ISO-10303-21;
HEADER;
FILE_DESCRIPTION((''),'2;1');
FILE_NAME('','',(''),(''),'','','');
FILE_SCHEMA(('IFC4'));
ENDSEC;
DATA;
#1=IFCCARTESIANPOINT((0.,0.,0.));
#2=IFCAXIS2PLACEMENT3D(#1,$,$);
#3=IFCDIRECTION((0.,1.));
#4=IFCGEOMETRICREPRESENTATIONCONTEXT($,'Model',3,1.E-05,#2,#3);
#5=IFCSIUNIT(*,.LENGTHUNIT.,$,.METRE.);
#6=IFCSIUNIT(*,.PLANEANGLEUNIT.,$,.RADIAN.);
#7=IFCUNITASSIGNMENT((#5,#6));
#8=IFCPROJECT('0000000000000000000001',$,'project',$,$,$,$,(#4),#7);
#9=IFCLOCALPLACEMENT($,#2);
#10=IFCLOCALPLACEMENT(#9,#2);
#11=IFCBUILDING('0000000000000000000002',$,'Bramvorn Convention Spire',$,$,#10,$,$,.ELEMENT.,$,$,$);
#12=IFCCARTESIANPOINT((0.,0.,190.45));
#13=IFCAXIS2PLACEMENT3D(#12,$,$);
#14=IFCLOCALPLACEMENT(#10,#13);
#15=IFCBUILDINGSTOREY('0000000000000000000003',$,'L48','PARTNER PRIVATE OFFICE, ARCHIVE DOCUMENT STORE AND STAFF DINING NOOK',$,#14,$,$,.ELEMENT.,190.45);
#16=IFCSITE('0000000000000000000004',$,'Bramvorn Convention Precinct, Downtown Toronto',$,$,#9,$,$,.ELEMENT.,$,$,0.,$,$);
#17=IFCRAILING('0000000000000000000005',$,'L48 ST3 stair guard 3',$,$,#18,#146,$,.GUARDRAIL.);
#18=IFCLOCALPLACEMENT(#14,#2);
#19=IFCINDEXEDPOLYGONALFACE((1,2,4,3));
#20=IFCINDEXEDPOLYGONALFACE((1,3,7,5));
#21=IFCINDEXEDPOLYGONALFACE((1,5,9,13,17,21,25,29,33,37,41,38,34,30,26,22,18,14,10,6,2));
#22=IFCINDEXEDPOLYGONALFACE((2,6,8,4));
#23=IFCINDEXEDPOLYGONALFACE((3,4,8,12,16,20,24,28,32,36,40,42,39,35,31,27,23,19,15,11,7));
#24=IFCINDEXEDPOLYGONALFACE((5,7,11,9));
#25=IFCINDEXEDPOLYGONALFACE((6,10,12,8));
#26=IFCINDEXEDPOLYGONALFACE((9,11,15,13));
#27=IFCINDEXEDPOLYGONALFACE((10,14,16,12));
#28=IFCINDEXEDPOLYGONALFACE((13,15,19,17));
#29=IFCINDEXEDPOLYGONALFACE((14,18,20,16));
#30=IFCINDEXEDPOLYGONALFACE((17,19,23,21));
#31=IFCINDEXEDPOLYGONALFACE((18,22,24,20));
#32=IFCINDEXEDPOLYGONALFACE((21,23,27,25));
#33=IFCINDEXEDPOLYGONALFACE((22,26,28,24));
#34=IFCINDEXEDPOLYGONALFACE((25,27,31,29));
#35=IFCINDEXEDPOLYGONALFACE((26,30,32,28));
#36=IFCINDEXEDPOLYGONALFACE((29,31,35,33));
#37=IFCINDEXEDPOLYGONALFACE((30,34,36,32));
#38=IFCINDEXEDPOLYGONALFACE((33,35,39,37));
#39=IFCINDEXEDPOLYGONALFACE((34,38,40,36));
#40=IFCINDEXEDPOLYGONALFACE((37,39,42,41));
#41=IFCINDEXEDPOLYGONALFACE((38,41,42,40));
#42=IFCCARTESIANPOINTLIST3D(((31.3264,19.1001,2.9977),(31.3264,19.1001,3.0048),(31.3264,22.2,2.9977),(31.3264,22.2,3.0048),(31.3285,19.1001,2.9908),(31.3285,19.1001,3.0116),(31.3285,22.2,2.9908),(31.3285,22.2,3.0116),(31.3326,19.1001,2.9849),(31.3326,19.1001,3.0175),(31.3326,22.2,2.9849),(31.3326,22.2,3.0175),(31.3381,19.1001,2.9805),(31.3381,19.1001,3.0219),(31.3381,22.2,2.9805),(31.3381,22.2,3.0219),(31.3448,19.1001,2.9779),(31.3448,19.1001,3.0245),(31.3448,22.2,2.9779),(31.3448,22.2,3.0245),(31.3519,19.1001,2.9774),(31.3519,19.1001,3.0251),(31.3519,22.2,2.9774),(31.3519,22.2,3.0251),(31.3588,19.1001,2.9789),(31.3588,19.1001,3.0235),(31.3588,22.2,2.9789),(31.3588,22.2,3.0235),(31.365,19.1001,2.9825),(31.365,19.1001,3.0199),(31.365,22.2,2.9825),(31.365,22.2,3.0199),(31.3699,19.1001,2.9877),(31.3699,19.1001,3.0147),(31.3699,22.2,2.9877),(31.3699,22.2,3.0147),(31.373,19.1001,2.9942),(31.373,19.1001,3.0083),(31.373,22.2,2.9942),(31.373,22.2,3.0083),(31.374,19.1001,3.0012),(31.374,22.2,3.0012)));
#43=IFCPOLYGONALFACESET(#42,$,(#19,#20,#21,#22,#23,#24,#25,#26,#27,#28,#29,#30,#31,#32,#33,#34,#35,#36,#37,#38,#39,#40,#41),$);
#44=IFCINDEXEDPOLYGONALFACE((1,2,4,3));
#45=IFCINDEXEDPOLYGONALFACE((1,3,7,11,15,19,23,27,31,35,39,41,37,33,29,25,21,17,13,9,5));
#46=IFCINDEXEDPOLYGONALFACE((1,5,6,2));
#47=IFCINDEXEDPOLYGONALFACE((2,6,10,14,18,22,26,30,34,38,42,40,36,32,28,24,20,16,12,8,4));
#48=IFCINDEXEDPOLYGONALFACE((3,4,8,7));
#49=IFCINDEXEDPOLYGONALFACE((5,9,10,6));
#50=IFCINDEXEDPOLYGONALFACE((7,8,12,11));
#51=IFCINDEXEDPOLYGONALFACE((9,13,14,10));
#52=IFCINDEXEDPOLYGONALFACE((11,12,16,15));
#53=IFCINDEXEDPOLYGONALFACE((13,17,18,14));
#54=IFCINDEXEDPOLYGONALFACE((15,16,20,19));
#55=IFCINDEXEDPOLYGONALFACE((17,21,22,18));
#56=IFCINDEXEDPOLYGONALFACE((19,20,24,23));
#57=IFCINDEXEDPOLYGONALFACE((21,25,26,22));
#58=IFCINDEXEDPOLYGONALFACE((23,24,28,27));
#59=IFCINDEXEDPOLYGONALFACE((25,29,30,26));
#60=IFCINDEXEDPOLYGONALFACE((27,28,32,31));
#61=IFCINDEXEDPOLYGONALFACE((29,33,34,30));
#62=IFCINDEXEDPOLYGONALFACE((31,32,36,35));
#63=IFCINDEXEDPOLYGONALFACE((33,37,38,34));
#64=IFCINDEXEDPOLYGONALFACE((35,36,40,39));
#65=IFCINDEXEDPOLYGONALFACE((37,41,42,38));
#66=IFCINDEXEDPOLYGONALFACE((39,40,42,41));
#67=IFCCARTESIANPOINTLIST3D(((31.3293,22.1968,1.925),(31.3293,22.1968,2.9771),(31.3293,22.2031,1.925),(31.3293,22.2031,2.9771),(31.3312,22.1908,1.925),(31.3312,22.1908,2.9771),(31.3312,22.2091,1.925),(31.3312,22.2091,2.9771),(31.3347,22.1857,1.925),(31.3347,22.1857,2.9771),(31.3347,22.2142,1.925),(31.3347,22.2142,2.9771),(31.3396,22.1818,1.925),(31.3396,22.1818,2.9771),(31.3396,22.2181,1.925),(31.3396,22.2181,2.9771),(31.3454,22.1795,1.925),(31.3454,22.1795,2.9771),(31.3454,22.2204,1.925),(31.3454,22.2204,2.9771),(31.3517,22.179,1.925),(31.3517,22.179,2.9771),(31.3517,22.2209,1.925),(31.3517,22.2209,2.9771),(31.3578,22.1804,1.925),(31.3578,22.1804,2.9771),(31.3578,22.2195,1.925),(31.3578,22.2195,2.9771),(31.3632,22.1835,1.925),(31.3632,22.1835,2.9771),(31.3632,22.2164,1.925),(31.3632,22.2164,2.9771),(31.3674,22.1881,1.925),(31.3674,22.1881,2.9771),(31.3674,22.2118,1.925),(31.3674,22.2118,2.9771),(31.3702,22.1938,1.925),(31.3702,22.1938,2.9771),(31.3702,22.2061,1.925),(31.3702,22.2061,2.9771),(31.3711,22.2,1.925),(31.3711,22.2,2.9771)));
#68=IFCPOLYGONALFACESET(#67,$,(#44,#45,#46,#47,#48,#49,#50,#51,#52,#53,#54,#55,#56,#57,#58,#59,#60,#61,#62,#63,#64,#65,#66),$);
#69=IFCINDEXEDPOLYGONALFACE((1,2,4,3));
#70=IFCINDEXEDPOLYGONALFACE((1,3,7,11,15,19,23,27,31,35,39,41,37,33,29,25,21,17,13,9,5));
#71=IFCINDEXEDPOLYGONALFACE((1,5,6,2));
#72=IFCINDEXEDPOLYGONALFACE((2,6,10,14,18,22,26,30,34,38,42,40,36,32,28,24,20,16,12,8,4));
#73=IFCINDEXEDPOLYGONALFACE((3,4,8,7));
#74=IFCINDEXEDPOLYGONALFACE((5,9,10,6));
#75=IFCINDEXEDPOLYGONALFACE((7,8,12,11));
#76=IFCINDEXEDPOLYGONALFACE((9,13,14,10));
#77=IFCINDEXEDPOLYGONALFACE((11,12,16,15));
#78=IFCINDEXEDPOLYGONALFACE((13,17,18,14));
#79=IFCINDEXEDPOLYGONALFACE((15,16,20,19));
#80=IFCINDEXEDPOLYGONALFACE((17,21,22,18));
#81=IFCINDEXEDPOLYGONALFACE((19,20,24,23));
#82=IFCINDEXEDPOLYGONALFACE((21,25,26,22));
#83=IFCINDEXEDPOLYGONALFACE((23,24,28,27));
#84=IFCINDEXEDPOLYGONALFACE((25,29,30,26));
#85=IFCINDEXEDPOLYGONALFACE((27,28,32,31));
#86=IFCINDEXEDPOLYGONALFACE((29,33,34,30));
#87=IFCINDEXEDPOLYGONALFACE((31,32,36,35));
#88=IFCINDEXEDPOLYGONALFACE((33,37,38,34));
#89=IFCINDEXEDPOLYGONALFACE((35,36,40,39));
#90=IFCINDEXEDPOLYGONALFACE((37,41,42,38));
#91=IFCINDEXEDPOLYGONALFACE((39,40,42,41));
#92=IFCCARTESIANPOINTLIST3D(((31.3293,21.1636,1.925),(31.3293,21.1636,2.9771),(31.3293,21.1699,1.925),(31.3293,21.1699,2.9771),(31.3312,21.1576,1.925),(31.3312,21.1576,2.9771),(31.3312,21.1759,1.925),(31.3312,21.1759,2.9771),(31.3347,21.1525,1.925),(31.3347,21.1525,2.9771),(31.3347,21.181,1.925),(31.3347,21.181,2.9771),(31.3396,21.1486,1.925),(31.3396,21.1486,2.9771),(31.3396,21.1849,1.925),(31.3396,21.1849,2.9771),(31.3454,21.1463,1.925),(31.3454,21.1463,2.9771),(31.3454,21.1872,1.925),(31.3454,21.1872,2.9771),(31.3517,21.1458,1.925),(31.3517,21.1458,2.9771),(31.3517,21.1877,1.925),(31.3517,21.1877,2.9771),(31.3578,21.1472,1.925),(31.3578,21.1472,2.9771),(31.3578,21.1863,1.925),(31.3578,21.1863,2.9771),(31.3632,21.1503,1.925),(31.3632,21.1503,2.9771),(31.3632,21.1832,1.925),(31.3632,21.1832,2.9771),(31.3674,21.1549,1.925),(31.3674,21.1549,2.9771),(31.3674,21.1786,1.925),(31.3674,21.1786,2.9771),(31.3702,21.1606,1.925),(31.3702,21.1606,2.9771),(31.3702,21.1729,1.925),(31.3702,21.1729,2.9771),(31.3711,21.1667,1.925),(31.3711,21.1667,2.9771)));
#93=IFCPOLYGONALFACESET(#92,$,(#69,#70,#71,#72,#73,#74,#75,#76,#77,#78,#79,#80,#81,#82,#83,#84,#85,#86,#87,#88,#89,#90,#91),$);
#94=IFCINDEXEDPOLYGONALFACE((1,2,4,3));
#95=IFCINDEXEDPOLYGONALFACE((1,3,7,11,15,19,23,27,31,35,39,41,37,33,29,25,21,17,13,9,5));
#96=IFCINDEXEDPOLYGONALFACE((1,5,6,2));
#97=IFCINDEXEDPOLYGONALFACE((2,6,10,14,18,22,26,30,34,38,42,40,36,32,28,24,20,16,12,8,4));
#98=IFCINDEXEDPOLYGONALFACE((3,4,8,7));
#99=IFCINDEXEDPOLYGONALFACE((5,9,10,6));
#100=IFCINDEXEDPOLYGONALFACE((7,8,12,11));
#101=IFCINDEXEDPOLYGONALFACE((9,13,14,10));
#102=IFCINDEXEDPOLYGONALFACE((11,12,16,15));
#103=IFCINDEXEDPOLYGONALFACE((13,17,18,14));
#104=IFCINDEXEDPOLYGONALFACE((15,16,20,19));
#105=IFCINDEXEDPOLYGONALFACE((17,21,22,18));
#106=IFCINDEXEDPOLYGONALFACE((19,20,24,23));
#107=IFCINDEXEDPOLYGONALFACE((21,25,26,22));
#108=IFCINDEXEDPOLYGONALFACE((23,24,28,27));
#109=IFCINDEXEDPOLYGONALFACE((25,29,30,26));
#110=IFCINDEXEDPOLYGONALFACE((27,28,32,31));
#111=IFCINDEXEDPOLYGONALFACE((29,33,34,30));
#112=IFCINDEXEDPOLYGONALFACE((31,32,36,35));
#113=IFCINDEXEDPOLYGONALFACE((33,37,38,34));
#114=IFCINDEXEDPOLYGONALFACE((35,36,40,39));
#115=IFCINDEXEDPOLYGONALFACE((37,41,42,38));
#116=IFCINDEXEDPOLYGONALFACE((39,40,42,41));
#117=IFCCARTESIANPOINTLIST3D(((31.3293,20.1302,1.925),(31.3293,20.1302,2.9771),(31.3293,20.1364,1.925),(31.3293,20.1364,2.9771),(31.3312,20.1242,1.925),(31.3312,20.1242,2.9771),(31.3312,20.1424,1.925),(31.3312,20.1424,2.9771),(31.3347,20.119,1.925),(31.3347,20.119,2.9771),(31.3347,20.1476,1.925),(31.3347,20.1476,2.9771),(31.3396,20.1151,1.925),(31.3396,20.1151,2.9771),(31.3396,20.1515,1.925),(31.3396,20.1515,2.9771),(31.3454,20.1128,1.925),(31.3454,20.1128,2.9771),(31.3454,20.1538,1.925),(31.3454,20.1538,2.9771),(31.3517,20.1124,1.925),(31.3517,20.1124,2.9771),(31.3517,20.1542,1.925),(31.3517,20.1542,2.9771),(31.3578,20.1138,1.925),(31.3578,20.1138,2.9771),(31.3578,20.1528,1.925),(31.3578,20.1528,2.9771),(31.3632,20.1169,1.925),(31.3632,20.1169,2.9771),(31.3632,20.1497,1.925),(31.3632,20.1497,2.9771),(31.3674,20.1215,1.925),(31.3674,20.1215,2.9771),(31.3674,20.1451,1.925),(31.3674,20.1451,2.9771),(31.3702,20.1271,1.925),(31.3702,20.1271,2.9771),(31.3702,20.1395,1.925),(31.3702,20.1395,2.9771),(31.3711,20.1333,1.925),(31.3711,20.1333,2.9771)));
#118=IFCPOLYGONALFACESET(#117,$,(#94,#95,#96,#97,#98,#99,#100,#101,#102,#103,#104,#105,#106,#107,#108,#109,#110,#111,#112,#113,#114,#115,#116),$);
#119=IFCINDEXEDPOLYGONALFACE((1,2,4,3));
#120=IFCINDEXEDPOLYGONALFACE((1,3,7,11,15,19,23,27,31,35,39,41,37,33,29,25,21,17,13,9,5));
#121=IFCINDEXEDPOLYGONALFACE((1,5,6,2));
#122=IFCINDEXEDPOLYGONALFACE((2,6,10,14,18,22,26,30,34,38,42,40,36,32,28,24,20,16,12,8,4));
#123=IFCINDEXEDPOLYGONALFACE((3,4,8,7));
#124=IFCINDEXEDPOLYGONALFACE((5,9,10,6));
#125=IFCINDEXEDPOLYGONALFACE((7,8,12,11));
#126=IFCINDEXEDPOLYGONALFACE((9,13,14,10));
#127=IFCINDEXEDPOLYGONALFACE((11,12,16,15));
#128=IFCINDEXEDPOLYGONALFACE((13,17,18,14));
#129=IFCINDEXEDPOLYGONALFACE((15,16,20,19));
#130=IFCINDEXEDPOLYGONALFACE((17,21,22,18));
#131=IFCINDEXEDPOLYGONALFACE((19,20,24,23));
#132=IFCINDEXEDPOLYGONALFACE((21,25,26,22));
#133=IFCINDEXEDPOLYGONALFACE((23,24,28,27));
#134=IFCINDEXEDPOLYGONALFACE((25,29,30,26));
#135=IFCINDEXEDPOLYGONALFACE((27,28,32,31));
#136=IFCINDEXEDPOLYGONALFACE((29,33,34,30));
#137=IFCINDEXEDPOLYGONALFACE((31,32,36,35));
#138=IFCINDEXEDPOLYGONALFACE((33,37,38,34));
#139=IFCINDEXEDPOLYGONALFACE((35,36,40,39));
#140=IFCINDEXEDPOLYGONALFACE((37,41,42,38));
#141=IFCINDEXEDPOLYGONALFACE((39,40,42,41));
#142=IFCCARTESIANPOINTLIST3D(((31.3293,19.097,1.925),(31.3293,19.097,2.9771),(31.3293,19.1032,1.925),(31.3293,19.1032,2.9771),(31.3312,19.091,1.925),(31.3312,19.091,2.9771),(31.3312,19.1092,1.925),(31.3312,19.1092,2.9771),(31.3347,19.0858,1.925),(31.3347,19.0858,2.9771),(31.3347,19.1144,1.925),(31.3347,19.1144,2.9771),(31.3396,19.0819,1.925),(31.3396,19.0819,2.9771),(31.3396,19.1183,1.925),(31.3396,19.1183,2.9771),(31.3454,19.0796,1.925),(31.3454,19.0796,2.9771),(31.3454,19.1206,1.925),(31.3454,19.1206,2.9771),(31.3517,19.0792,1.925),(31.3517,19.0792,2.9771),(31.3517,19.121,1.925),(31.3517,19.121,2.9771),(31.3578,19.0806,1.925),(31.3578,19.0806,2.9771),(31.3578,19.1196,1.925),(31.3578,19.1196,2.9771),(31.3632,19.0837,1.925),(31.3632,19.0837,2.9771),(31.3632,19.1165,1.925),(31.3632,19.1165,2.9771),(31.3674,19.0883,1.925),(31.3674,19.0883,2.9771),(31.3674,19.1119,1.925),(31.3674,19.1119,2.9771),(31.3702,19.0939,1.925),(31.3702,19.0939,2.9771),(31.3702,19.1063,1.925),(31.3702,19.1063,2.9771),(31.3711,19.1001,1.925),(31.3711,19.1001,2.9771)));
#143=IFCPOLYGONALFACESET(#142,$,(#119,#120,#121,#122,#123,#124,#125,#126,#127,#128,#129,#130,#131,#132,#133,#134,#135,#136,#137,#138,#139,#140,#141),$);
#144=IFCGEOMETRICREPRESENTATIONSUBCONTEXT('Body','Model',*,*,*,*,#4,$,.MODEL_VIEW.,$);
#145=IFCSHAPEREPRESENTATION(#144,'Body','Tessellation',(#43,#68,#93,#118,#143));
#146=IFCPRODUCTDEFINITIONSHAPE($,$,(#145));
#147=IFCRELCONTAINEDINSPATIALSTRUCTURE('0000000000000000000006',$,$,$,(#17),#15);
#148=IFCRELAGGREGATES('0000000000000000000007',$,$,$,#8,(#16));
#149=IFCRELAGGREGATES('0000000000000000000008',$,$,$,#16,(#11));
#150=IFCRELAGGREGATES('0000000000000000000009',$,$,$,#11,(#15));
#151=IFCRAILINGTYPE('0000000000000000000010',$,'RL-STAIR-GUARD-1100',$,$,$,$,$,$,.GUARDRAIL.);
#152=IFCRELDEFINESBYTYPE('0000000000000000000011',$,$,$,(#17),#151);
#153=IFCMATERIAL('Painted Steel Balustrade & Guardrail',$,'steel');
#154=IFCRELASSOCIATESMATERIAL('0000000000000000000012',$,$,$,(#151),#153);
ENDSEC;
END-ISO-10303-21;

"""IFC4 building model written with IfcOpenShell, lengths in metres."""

from ifc_helpers import new_model, si_unit, direction, frame, origin, origin_2d, place, context, subcontext, project, spatial, circle, extrude, material, type_object, element, save


model = new_model("IFC4")

# Units and contexts
model_context = context("Model", 3, precision=1e-05, world=origin(), true_north=direction((0.0, 1.0)))
body_context = subcontext(model_context, "Body", "Model", "MODEL_VIEW")
ifc_project = project(units=[si_unit("LENGTHUNIT", "METRE"), si_unit("PLANEANGLEUNIT", "RADIAN")], contexts=[model_context])

# Site, building, storey
site_placement = place(None, origin())
site = spatial("IfcSite", under=ifc_project, at=site_placement, Name="Bramvorn Convention Precinct, Downtown Toronto", CompositionType="ELEMENT", RefElevation=0.0)
building_placement = place(site_placement, origin())
building = spatial("IfcBuilding", under=site, at=building_placement, Name="Bramvorn Convention Spire", CompositionType="ELEMENT")
storey_placement = place(building_placement, frame((0.0, 0.0, 190.45)))
storey = spatial("IfcBuildingStorey", under=building, at=storey_placement, Name="L48", Description="PARTNER PRIVATE OFFICE, ARCHIVE DOCUMENT STORE AND STAFF DINING NOOK", CompositionType="ELEMENT", Elevation=190.45)

# Railing
ifc_material_1 = material(Name="Painted Steel Balustrade & Guardrail", Category="steel")
railing_type_1 = type_object("IfcRailingType", Name="RL-STAIR-GUARD-1100", PredefinedType="GUARDRAIL", material=ifc_material_1)
railing_1_placement = place(storey_placement, frame((31.3501, 22.2, 1.925)))
element("IfcRailing", 1, at=railing_1_placement, inside=storey, type_object=railing_type_1, Name="L48 ST3 stair guard 3", PredefinedType="GUARDRAIL", context=body_context, shape_type="SweptSolid", body=[
    extrude(circle(Radius=0.0239, at=origin_2d()), frame((0.0, 0.0, 1.0762), z_axis=(0.0, -1.0, 0.0), x_axis=(1.0, 0.0, 0.0)), (0.0, 0.0, 1.0), 3.0999),
    extrude(circle(Radius=0.021, at=origin_2d()), origin(), (0.0, 0.0, 1.0), 1.052),
    extrude(circle(Radius=0.021, at=origin_2d()), frame((0.0, -1.0332, 0.0)), (0.0, 0.0, 1.0), 1.052),
    extrude(circle(Radius=0.021, at=origin_2d()), frame((0.0, -2.0667, 0.0)), (0.0, 0.0, 1.0), 1.052),
    extrude(circle(Radius=0.021, at=origin_2d()), frame((0.0, -3.0999, 0.0)), (0.0, 0.0, 1.0), 1.052),
])

save(model, "model.ifc")
